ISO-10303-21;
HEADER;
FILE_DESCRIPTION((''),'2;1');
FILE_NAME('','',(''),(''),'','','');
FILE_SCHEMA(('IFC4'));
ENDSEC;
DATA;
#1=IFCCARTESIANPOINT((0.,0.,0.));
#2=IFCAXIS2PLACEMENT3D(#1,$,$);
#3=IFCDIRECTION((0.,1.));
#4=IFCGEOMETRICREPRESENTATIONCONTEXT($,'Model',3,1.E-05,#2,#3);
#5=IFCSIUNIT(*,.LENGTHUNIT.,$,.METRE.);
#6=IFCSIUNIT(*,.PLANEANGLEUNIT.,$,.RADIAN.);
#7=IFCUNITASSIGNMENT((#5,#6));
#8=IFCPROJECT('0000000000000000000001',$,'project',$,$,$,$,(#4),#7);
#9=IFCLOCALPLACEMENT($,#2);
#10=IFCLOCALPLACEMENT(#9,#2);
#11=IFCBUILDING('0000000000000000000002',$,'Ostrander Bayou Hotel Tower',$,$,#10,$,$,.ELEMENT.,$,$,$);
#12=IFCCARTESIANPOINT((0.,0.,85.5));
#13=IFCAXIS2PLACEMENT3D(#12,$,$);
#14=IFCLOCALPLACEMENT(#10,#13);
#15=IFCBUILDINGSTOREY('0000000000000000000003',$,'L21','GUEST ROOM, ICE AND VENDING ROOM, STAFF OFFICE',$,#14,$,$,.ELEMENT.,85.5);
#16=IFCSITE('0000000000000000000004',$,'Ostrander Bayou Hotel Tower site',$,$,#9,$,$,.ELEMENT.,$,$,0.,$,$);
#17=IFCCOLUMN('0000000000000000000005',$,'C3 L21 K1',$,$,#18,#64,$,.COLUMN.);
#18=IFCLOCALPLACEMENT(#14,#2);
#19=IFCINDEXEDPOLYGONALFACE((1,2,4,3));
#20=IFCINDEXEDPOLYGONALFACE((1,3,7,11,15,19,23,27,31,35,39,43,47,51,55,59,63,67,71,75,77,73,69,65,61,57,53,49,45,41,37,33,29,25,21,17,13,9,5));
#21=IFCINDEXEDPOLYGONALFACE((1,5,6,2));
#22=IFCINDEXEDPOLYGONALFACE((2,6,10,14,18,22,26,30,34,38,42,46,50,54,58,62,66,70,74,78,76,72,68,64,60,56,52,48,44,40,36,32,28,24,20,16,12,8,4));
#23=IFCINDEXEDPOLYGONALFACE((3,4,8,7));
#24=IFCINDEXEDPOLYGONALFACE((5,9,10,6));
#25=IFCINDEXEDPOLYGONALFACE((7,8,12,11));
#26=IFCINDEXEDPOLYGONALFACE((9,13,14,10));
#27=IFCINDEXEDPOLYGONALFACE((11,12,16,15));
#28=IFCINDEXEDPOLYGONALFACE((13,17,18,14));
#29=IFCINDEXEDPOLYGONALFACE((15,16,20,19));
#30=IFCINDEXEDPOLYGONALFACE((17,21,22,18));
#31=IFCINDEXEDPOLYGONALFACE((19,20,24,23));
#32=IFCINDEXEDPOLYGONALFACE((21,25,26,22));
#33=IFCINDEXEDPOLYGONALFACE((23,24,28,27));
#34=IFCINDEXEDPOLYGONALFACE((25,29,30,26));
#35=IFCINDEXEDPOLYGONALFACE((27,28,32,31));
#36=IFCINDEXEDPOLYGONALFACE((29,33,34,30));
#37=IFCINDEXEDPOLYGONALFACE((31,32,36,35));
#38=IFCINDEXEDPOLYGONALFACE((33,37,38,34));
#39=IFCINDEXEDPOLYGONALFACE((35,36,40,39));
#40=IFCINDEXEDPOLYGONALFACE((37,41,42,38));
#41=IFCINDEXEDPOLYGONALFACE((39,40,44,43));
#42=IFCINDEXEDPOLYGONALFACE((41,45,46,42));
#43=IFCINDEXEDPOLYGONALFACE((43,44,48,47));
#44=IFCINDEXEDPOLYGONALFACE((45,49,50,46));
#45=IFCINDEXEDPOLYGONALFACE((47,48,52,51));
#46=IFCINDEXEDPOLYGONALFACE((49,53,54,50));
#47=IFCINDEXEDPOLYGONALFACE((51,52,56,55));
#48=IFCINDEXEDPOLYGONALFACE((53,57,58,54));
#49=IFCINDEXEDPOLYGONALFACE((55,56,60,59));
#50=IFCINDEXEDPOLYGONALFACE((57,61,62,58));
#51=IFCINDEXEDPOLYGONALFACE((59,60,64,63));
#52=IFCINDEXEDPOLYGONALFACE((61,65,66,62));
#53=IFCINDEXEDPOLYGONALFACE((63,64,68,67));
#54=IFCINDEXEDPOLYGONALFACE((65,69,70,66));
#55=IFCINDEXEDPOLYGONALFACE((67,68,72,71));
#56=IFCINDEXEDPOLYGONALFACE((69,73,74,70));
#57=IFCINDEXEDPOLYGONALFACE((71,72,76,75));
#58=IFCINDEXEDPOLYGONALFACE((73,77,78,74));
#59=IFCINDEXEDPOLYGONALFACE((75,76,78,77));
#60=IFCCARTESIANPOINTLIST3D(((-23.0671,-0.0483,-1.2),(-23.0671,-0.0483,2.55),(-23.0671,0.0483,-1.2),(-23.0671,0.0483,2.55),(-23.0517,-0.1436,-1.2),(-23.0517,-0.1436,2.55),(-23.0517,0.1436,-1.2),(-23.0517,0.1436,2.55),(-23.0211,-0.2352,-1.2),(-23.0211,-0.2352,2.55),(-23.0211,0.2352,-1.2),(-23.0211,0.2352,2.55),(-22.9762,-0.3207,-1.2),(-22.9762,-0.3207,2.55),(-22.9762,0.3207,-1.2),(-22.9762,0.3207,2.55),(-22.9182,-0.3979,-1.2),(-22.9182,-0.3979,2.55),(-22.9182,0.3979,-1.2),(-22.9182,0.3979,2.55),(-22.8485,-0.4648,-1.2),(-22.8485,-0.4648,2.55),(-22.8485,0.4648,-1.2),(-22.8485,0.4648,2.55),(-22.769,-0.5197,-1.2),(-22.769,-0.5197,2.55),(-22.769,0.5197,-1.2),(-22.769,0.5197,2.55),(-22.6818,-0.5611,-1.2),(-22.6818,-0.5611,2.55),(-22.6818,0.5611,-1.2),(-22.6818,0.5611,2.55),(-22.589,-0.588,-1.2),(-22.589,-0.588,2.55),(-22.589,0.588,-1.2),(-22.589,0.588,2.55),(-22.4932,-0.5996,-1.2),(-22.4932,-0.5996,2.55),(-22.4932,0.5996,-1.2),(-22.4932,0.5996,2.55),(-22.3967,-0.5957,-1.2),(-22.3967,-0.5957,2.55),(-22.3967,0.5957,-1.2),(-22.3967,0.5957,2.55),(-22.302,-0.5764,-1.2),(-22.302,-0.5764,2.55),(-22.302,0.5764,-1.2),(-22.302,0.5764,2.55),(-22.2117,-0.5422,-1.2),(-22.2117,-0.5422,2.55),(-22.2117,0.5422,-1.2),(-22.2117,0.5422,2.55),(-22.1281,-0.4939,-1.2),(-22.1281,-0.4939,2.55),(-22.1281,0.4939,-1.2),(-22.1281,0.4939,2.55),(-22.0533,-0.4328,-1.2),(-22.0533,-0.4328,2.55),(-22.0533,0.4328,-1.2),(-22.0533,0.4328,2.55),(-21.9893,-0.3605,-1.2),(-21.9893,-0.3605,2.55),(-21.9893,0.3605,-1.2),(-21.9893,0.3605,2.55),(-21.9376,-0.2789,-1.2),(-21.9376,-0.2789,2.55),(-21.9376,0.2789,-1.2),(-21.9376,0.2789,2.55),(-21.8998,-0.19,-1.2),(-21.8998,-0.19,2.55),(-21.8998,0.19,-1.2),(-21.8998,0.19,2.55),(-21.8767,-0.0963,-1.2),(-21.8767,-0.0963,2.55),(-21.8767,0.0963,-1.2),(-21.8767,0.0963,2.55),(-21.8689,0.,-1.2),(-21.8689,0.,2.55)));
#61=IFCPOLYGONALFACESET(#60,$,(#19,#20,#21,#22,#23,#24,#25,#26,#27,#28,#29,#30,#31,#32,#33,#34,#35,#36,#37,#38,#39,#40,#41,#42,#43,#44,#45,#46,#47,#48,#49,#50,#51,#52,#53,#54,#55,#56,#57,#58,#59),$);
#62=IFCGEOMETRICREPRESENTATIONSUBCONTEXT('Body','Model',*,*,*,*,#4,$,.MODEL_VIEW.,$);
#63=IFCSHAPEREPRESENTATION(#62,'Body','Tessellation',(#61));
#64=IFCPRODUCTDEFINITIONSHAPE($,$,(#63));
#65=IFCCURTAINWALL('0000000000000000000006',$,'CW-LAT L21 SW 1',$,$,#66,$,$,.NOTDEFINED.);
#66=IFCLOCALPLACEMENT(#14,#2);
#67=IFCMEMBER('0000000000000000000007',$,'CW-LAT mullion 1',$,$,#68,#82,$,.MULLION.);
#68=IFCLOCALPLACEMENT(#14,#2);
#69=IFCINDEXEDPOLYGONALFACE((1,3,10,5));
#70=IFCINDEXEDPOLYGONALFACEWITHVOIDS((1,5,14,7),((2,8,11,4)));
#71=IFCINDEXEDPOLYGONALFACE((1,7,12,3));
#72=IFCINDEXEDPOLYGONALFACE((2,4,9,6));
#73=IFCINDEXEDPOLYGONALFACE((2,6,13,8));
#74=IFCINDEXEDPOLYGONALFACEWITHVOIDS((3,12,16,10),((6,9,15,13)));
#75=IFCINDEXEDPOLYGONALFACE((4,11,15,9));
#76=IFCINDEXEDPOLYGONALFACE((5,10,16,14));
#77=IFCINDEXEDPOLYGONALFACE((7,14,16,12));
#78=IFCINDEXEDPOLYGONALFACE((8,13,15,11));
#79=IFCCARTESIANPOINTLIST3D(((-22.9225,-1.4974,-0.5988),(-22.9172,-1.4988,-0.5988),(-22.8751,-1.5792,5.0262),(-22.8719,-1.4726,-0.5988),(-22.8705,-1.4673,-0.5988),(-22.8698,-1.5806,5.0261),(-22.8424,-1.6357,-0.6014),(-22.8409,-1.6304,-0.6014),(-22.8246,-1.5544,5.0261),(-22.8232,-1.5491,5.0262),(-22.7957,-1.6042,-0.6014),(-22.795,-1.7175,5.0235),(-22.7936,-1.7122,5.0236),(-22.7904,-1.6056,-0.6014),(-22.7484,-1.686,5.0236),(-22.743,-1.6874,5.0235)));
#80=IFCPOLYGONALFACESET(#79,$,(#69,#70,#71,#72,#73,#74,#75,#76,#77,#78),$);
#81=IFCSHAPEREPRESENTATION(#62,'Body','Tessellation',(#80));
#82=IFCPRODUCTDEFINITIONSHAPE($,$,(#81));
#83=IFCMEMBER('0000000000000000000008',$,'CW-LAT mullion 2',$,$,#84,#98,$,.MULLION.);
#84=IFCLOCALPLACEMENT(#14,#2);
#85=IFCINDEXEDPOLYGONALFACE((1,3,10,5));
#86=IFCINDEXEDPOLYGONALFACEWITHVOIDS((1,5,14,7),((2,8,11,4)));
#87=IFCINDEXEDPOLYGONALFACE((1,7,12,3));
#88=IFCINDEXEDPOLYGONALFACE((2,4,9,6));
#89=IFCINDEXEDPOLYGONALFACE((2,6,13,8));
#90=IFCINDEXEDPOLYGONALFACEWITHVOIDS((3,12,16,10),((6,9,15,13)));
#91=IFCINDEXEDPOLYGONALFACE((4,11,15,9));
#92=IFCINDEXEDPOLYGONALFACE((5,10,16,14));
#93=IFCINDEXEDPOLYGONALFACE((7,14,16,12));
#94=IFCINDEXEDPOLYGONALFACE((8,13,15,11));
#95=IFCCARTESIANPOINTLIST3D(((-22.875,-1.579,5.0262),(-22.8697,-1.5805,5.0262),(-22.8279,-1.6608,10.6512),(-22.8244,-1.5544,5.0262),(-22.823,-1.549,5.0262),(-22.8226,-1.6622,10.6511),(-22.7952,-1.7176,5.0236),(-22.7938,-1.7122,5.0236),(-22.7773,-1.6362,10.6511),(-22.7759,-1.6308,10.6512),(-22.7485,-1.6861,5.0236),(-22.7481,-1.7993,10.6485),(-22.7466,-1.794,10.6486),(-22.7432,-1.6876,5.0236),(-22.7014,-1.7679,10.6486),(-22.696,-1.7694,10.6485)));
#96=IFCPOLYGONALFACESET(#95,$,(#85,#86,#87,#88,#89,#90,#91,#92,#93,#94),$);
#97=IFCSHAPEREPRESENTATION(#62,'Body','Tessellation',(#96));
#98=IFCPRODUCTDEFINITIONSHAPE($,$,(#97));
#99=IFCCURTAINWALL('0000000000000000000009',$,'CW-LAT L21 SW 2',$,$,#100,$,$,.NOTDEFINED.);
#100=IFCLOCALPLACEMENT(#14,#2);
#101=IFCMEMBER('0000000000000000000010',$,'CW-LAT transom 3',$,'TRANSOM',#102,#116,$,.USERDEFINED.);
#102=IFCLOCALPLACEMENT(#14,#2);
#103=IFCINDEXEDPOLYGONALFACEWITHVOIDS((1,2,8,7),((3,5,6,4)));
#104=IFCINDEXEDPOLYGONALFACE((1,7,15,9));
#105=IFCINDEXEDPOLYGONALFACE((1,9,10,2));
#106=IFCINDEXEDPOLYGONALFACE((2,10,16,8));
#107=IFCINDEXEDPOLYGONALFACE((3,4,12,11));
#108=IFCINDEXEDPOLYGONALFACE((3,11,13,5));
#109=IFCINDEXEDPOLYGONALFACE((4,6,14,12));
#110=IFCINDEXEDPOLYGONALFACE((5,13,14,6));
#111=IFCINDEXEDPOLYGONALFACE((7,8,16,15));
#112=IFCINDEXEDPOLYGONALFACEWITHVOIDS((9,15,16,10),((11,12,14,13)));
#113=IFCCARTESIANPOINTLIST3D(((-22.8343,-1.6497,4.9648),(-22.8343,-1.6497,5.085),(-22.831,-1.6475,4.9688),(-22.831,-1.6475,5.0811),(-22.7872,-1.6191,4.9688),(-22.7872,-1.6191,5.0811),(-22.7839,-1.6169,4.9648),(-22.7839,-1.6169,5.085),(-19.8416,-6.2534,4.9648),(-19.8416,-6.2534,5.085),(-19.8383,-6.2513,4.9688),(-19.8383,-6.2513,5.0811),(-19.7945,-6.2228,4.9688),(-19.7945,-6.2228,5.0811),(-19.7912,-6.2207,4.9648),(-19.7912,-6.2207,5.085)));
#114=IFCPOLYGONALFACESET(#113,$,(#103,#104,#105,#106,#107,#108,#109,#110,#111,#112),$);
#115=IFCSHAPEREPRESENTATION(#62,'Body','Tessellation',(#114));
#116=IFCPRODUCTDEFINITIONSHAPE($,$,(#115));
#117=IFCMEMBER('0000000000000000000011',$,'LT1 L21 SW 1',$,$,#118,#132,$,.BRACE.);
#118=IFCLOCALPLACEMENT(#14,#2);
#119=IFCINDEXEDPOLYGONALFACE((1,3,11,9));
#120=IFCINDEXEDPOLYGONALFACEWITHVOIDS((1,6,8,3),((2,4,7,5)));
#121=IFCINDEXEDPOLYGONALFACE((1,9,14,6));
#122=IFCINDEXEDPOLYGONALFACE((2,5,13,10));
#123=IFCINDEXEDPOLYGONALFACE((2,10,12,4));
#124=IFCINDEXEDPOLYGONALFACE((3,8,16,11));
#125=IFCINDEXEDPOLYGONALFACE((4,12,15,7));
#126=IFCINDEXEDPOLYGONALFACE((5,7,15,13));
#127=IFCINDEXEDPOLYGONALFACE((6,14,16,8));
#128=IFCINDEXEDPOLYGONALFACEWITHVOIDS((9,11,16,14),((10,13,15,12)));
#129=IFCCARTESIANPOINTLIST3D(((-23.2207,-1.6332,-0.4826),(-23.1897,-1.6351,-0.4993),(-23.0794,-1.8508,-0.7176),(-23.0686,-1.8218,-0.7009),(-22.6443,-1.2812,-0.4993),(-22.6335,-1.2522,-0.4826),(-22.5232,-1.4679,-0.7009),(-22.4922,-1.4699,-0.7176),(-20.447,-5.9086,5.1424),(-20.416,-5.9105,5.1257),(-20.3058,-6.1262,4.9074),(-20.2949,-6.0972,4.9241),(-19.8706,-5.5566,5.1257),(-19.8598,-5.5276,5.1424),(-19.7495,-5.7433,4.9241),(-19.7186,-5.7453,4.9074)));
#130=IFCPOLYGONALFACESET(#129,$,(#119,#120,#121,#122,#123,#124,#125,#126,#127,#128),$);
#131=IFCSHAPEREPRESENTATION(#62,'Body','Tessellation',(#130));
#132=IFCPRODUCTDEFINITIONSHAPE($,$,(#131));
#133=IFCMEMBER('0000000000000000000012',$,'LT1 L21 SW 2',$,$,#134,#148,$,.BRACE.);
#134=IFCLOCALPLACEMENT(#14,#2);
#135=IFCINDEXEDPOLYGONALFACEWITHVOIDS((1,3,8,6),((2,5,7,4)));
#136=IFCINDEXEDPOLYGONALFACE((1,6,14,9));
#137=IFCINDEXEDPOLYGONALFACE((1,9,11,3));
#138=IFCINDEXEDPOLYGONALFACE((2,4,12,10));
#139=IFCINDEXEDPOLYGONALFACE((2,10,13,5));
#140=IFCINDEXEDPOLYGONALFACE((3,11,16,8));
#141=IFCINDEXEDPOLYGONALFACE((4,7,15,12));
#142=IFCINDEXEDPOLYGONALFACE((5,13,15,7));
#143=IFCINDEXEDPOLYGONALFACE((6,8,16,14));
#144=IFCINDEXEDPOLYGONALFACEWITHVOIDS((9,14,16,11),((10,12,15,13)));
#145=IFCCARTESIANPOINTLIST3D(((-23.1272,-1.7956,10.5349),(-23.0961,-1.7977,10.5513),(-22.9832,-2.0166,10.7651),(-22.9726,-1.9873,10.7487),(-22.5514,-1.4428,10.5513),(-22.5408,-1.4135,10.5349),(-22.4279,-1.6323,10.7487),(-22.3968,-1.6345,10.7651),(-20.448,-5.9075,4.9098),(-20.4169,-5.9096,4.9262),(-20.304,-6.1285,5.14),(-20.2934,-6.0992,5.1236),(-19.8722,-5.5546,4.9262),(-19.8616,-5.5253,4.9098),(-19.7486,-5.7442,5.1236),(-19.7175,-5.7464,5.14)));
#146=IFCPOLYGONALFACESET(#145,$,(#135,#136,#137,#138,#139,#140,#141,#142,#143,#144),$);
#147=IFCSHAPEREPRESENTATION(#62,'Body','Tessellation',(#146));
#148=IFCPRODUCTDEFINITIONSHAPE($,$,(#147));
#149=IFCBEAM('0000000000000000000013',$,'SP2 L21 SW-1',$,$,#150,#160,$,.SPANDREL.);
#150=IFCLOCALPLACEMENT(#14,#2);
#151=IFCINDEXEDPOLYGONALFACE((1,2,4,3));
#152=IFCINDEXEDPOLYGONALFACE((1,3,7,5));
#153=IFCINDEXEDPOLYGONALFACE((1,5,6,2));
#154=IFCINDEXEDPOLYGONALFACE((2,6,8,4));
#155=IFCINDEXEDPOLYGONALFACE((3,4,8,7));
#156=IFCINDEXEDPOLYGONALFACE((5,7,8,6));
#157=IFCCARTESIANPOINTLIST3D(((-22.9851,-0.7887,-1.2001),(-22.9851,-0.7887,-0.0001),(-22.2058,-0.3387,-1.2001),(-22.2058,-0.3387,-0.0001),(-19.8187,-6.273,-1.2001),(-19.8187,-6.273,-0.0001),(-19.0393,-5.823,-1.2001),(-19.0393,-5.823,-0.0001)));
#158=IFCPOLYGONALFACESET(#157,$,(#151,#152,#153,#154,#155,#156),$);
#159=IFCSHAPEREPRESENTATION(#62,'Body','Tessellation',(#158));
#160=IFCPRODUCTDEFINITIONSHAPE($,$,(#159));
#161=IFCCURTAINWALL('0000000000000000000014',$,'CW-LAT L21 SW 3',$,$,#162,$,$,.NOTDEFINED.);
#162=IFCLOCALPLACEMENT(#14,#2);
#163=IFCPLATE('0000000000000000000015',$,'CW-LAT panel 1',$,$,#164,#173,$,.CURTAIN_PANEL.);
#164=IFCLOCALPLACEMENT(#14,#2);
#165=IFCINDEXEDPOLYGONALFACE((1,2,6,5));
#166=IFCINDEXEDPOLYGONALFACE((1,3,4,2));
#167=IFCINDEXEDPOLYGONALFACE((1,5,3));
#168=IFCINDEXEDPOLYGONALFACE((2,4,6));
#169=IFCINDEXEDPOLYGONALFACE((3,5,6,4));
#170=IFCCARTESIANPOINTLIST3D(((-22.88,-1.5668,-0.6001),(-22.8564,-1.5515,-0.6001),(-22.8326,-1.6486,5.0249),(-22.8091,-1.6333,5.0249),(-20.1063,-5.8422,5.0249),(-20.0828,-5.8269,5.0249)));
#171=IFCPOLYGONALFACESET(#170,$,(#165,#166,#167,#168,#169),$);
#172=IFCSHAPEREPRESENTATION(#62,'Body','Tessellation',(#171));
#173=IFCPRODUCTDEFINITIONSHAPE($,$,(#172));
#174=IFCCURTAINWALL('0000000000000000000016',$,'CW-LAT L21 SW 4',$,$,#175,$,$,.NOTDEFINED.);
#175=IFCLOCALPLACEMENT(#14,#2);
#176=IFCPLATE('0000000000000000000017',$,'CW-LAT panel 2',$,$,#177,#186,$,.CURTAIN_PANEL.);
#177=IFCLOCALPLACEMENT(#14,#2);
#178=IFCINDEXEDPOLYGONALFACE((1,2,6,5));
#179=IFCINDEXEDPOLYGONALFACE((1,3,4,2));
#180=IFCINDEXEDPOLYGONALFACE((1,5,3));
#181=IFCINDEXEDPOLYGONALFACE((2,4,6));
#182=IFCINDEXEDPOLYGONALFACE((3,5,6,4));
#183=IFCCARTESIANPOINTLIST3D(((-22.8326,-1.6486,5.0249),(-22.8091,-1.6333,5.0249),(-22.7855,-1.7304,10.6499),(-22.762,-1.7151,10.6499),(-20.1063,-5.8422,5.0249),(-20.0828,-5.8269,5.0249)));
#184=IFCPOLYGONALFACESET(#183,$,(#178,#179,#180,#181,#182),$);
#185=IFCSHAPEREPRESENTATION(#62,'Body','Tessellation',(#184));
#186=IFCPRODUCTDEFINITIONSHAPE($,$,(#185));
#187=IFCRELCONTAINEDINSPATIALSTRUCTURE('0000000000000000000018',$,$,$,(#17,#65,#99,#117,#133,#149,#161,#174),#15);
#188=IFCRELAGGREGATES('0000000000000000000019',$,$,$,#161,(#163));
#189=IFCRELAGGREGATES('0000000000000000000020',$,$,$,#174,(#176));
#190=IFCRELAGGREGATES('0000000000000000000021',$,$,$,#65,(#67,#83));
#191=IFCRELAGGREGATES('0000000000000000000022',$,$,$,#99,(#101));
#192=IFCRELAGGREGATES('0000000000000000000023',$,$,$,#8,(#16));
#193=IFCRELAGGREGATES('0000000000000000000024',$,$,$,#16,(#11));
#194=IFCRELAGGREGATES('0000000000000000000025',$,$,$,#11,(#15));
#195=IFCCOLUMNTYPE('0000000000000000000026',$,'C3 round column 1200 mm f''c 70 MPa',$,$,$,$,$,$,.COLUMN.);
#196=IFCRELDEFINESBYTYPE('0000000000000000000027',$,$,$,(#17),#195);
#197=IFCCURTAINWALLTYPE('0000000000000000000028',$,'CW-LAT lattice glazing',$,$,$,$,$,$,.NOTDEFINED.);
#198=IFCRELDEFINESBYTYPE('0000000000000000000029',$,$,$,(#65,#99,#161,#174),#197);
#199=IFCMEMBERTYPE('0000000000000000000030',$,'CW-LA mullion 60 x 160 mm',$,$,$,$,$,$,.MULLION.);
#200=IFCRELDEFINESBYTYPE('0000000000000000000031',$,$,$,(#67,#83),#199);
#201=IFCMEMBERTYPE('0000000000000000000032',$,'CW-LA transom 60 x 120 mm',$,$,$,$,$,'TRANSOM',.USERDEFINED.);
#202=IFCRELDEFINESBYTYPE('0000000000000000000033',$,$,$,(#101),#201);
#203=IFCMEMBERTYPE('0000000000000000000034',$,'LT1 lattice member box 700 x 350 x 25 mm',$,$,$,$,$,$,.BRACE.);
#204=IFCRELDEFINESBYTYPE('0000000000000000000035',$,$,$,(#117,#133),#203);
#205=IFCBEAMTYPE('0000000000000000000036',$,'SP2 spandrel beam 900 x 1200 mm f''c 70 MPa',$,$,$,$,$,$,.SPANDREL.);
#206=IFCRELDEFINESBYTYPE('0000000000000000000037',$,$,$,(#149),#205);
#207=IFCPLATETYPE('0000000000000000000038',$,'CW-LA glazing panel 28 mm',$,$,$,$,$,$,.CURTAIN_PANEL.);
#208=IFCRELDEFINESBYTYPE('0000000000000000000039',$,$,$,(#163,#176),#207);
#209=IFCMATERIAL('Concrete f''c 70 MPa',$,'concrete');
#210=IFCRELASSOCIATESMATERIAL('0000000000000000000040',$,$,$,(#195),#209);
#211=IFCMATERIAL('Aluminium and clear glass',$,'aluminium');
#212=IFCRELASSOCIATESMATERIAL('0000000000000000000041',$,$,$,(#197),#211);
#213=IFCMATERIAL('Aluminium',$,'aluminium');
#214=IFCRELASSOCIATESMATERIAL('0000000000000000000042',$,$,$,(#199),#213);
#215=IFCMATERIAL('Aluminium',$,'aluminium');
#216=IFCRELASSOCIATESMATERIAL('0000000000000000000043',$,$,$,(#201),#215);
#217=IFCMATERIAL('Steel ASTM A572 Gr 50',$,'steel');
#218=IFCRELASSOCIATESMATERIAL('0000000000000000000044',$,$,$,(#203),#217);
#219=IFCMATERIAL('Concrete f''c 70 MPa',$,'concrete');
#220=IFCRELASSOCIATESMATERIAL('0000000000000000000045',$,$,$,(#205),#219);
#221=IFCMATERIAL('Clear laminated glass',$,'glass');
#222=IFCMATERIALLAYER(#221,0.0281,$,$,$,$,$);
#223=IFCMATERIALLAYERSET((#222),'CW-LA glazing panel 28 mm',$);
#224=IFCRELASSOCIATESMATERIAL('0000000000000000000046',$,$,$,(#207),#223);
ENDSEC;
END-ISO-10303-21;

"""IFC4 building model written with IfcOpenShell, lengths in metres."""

from ifc_helpers import new_model, si_unit, direction, frame, origin, origin_2d, place, context, subcontext, project, spatial, polyline, rectangle, hollow_rectangle, circle, outline, extrude, material, layer, layer_set, material_profile, profile_set, type_object, element, aggregate, save


model = new_model("IFC4")

# Units and contexts
model_context = context("Model", 3, precision=1e-05, world=origin(), true_north=direction((0.0, 1.0)))
body_context = subcontext(model_context, "Body", "Model", "MODEL_VIEW")
ifc_project = project(units=[si_unit("LENGTHUNIT", "METRE"), si_unit("PLANEANGLEUNIT", "RADIAN")], contexts=[model_context])

# Site, building, storey
site_placement = place(None, origin())
site = spatial("IfcSite", under=ifc_project, at=site_placement, Name="Ostrander Bayou Hotel Tower site", CompositionType="ELEMENT", RefElevation=0.0)
building_placement = place(site_placement, origin())
building = spatial("IfcBuilding", under=site, at=building_placement, Name="Ostrander Bayou Hotel Tower", CompositionType="ELEMENT")
storey_placement = place(building_placement, frame((0.0, 0.0, 85.5)))
storey = spatial("IfcBuildingStorey", under=building, at=storey_placement, Name="L21", Description="GUEST ROOM, ICE AND VENDING ROOM, STAFF OFFICE", CompositionType="ELEMENT", Elevation=85.5)

# Column
ifc_material_1 = material(Name="Concrete f'c 70 MPa", Category="concrete")
ifc_material_profile_1 = material_profile(ifc_material_1, circle(Radius=0.6001, at=origin_2d()))
ifc_profile_set_1 = profile_set([ifc_material_profile_1], Name="Concrete f'c 70 MPa")
column_type = type_object("IfcColumnType", Name="C3 round column 1200 mm f'c 70 MPa", PredefinedType="COLUMN", material=ifc_profile_set_1)
column_placement = place(storey_placement, frame((-22.469, 0.0, -1.2), z_axis=(0.0, 0.0, 1.0), x_axis=(1.0, 0.0, 0.0)))
element("IfcColumn", 1, at=column_placement, inside=storey, type_object=column_type, Name="C3 L21 K1", PredefinedType="COLUMN", context=body_context, shape_type="SweptSolid", body=[
    extrude(circle(Radius=0.6001, at=origin_2d()), origin(), (0.0, 0.0, 1.0), 3.75),
])

# Curtain wall, members
ifc_material_2 = material(Name="Aluminium and clear glass", Category="aluminium")
curtain_wall_type = type_object("IfcCurtainWallType", Name="CW-LAT lattice glazing", PredefinedType="NOTDEFINED", material=ifc_material_2)
curtain_wall_1_placement = place(storey_placement, origin())
curtain_wall_1 = element("IfcCurtainWall", 2, at=curtain_wall_1_placement, inside=storey, type_object=curtain_wall_type, Name="CW-LAT L21 SW 1", PredefinedType="NOTDEFINED")
ifc_material_3 = material(Name="Aluminium", Category="aluminium")
ifc_material_profile_2 = material_profile(ifc_material_3, hollow_rectangle(XDim=0.0601, YDim=0.1599, WallThickness=0.0039, at=origin_2d()))
ifc_profile_set_2 = profile_set([ifc_material_profile_2], Name="Aluminium")
member_type_1 = type_object("IfcMemberType", Name="CW-LA mullion 60 x 160 mm", PredefinedType="MULLION", material=ifc_profile_set_2)
member_1_placement = place(storey_placement, frame((-22.8564, -1.5515, -0.6001), z_axis=(0.008419, -0.014538, 0.999859), x_axis=(0.865367, 0.501138, 0.0)))
member_1 = element("IfcMember", 3, at=member_1_placement, type_object=member_type_1, Name="CW-LAT mullion 1", PredefinedType="MULLION", context=body_context, shape_type="SweptSolid", body=[
    extrude(hollow_rectangle(XDim=0.0601, YDim=0.1599, WallThickness=0.0039, at=origin_2d()), origin(), (0.0, 0.0, 1.0), 5.6257),
])
member_2_placement = place(storey_placement, frame((-22.8091, -1.6333, 5.0249), z_axis=(0.008376, -0.014538, 0.999859), x_axis=(0.866487, 0.4992, 0.0)))
member_2 = element("IfcMember", 4, at=member_2_placement, type_object=member_type_1, Name="CW-LAT mullion 2", PredefinedType="MULLION", context=body_context, shape_type="SweptSolid", body=[
    extrude(hollow_rectangle(XDim=0.0601, YDim=0.1599, WallThickness=0.0039, at=origin_2d()), origin(), (0.0, 0.0, 1.0), 5.6257),
])

# Curtain wall, member
curtain_wall_2_placement = place(storey_placement, origin())
curtain_wall_2 = element("IfcCurtainWall", 5, at=curtain_wall_2_placement, inside=storey, type_object=curtain_wall_type, Name="CW-LAT L21 SW 2", PredefinedType="NOTDEFINED")
ifc_material_4 = material(Name="Aluminium", Category="aluminium")
ifc_material_profile_3 = material_profile(ifc_material_4, hollow_rectangle(XDim=0.0601, YDim=0.1201, WallThickness=0.0039, at=origin_2d()))
ifc_profile_set_3 = profile_set([ifc_material_profile_3], Name="Aluminium")
member_type_2 = type_object("IfcMemberType", Name="CW-LA transom 60 x 120 mm", ElementType="TRANSOM", PredefinedType="USERDEFINED", material=ifc_profile_set_3)
member_3_placement = place(storey_placement, frame((-22.8091, -1.6333, 5.0249), z_axis=(0.545018, -0.838424, 0.0), x_axis=(0.838424, 0.545018, 0.0)))
member_3 = element("IfcMember", 6, at=member_3_placement, type_object=member_type_2, Name="CW-LAT transom 3", ObjectType="TRANSOM", PredefinedType="USERDEFINED", context=body_context, shape_type="SweptSolid", body=[
    extrude(hollow_rectangle(XDim=0.0601, YDim=0.1201, WallThickness=0.0039, at=origin_2d()), origin(), (0.0, 0.0, 1.0), 5.491),
])

# Members
ifc_material_5 = material(Name="Steel ASTM A572 Gr 50", Category="steel")
ifc_material_profile_4 = material_profile(ifc_material_5, hollow_rectangle(XDim=0.7, YDim=0.3501, WallThickness=0.0249, at=origin_2d()))
ifc_profile_set_4 = profile_set([ifc_material_profile_4], Name="Steel ASTM A572 Gr 50")
member_type_3 = type_object("IfcMemberType", Name="LT1 lattice member box 700 x 350 x 25 mm", PredefinedType="BRACE", material=ifc_profile_set_4)
member_4_placement = place(storey_placement, frame((-20.0828, -5.8269, 5.0249), z_axis=(-0.365424, 0.563269, -0.741076), x_axis=(-0.83892, -0.544254, 0.0)))
element("IfcMember", 7, at=member_4_placement, inside=storey, type_object=member_type_3, Name="LT1 L21 SW 1", PredefinedType="BRACE", context=body_context, shape_type="SweptSolid", body=[
    extrude(hollow_rectangle(XDim=0.7, YDim=0.3501, WallThickness=0.0249, at=origin_2d()), origin(), (0.0, 0.0, 1.0), 7.5903),
])
member_5_placement = place(storey_placement, frame((-20.0828, -5.8269, 5.0249), z_axis=(-0.358903, 0.550815, 0.75352), x_axis=(-0.837836, -0.545922, 0.0)))
element("IfcMember", 8, at=member_5_placement, inside=storey, type_object=member_type_3, Name="LT1 L21 SW 2", PredefinedType="BRACE", context=body_context, shape_type="SweptSolid", body=[
    extrude(hollow_rectangle(XDim=0.7, YDim=0.3501, WallThickness=0.0249, at=origin_2d()), origin(), (0.0, 0.0, 1.0), 7.4651),
])

# Beam
ifc_material_6 = material(Name="Concrete f'c 70 MPa", Category="concrete")
ifc_material_profile_5 = material_profile(ifc_material_6, rectangle(XDim=0.8999, YDim=1.2, at=origin_2d()))
ifc_profile_set_5 = profile_set([ifc_material_profile_5], Name="Concrete f'c 70 MPa")
beam_type = type_object("IfcBeamType", Name="SP2 spandrel beam 900 x 1200 mm f'c 70 MPa", PredefinedType="SPANDREL", material=ifc_profile_set_5)
beam_placement = place(storey_placement, frame((-22.5955, -0.5637, -0.6001), z_axis=(0.500012, -0.866019, 0.0), x_axis=(0.866019, 0.500012, 0.0)))
element("IfcBeam", 9, at=beam_placement, inside=storey, type_object=beam_type, Name="SP2 L21 SW-1", PredefinedType="SPANDREL", context=body_context, shape_type="SweptSolid", body=[
    extrude(rectangle(XDim=0.8999, YDim=1.2, at=origin_2d()), origin(), (0.0, 0.0, 1.0), 6.3328),
])

# Curtain walls, plates
curtain_wall_3_placement = place(storey_placement, origin())
curtain_wall_3 = element("IfcCurtainWall", 10, at=curtain_wall_3_placement, inside=storey, type_object=curtain_wall_type, Name="CW-LAT L21 SW 3", PredefinedType="NOTDEFINED")
ifc_material_7 = material(Name="Clear laminated glass", Category="glass")
ifc_layer_1 = layer(ifc_material_7, 0.0281)
ifc_layer_set_1 = layer_set([ifc_layer_1], Name="CW-LA glazing panel 28 mm")
plate_type = type_object("IfcPlateType", Name="CW-LA glazing panel 28 mm", PredefinedType="CURTAIN_PANEL", material=ifc_layer_set_1)
plate_1_placement = place(storey_placement, frame((-20.0828, -5.8269, 5.0249), z_axis=(0.8384, 0.545055, 0.000866), x_axis=(-0.365424, 0.563269, -0.741076)))
plate_1 = element("IfcPlate", 11, at=plate_1_placement, type_object=plate_type, Name="CW-LAT panel 1", PredefinedType="CURTAIN_PANEL", context=body_context, shape_type="SweptSolid", body=[
    extrude(outline(polyline([(0.0, 0.0), (7.5903, 0.0), (3.3584, 3.7068), (0.0, 0.0)])), origin(), (0.0, 0.0, -1.0), 0.0281),
])
aggregate(curtain_wall_3, [plate_1])
curtain_wall_4_placement = place(storey_placement, origin())
curtain_wall_4 = element("IfcCurtainWall", 12, at=curtain_wall_4_placement, inside=storey, type_object=curtain_wall_type, Name="CW-LAT L21 SW 4", PredefinedType="NOTDEFINED")
plate_2_placement = place(storey_placement, frame((-20.0828, -5.8269, 5.0249), z_axis=(0.8384, 0.545055, 0.000902), x_axis=(-0.358903, 0.550815, 0.75352)))
plate_2 = element("IfcPlate", 13, at=plate_2_placement, type_object=plate_type, Name="CW-LAT panel 2", PredefinedType="CURTAIN_PANEL", context=body_context, shape_type="SweptSolid", body=[
    extrude(outline(polyline([(0.0, 0.0), (7.465, 0.0), (3.2884, -3.769), (0.0, 0.0)])), origin(), (0.0, 0.0, -1.0), 0.0281),
])
aggregate(curtain_wall_4, [plate_2])

aggregate(curtain_wall_1, [member_1, member_2])
aggregate(curtain_wall_2, [member_3])

save(model, "model.ifc")
